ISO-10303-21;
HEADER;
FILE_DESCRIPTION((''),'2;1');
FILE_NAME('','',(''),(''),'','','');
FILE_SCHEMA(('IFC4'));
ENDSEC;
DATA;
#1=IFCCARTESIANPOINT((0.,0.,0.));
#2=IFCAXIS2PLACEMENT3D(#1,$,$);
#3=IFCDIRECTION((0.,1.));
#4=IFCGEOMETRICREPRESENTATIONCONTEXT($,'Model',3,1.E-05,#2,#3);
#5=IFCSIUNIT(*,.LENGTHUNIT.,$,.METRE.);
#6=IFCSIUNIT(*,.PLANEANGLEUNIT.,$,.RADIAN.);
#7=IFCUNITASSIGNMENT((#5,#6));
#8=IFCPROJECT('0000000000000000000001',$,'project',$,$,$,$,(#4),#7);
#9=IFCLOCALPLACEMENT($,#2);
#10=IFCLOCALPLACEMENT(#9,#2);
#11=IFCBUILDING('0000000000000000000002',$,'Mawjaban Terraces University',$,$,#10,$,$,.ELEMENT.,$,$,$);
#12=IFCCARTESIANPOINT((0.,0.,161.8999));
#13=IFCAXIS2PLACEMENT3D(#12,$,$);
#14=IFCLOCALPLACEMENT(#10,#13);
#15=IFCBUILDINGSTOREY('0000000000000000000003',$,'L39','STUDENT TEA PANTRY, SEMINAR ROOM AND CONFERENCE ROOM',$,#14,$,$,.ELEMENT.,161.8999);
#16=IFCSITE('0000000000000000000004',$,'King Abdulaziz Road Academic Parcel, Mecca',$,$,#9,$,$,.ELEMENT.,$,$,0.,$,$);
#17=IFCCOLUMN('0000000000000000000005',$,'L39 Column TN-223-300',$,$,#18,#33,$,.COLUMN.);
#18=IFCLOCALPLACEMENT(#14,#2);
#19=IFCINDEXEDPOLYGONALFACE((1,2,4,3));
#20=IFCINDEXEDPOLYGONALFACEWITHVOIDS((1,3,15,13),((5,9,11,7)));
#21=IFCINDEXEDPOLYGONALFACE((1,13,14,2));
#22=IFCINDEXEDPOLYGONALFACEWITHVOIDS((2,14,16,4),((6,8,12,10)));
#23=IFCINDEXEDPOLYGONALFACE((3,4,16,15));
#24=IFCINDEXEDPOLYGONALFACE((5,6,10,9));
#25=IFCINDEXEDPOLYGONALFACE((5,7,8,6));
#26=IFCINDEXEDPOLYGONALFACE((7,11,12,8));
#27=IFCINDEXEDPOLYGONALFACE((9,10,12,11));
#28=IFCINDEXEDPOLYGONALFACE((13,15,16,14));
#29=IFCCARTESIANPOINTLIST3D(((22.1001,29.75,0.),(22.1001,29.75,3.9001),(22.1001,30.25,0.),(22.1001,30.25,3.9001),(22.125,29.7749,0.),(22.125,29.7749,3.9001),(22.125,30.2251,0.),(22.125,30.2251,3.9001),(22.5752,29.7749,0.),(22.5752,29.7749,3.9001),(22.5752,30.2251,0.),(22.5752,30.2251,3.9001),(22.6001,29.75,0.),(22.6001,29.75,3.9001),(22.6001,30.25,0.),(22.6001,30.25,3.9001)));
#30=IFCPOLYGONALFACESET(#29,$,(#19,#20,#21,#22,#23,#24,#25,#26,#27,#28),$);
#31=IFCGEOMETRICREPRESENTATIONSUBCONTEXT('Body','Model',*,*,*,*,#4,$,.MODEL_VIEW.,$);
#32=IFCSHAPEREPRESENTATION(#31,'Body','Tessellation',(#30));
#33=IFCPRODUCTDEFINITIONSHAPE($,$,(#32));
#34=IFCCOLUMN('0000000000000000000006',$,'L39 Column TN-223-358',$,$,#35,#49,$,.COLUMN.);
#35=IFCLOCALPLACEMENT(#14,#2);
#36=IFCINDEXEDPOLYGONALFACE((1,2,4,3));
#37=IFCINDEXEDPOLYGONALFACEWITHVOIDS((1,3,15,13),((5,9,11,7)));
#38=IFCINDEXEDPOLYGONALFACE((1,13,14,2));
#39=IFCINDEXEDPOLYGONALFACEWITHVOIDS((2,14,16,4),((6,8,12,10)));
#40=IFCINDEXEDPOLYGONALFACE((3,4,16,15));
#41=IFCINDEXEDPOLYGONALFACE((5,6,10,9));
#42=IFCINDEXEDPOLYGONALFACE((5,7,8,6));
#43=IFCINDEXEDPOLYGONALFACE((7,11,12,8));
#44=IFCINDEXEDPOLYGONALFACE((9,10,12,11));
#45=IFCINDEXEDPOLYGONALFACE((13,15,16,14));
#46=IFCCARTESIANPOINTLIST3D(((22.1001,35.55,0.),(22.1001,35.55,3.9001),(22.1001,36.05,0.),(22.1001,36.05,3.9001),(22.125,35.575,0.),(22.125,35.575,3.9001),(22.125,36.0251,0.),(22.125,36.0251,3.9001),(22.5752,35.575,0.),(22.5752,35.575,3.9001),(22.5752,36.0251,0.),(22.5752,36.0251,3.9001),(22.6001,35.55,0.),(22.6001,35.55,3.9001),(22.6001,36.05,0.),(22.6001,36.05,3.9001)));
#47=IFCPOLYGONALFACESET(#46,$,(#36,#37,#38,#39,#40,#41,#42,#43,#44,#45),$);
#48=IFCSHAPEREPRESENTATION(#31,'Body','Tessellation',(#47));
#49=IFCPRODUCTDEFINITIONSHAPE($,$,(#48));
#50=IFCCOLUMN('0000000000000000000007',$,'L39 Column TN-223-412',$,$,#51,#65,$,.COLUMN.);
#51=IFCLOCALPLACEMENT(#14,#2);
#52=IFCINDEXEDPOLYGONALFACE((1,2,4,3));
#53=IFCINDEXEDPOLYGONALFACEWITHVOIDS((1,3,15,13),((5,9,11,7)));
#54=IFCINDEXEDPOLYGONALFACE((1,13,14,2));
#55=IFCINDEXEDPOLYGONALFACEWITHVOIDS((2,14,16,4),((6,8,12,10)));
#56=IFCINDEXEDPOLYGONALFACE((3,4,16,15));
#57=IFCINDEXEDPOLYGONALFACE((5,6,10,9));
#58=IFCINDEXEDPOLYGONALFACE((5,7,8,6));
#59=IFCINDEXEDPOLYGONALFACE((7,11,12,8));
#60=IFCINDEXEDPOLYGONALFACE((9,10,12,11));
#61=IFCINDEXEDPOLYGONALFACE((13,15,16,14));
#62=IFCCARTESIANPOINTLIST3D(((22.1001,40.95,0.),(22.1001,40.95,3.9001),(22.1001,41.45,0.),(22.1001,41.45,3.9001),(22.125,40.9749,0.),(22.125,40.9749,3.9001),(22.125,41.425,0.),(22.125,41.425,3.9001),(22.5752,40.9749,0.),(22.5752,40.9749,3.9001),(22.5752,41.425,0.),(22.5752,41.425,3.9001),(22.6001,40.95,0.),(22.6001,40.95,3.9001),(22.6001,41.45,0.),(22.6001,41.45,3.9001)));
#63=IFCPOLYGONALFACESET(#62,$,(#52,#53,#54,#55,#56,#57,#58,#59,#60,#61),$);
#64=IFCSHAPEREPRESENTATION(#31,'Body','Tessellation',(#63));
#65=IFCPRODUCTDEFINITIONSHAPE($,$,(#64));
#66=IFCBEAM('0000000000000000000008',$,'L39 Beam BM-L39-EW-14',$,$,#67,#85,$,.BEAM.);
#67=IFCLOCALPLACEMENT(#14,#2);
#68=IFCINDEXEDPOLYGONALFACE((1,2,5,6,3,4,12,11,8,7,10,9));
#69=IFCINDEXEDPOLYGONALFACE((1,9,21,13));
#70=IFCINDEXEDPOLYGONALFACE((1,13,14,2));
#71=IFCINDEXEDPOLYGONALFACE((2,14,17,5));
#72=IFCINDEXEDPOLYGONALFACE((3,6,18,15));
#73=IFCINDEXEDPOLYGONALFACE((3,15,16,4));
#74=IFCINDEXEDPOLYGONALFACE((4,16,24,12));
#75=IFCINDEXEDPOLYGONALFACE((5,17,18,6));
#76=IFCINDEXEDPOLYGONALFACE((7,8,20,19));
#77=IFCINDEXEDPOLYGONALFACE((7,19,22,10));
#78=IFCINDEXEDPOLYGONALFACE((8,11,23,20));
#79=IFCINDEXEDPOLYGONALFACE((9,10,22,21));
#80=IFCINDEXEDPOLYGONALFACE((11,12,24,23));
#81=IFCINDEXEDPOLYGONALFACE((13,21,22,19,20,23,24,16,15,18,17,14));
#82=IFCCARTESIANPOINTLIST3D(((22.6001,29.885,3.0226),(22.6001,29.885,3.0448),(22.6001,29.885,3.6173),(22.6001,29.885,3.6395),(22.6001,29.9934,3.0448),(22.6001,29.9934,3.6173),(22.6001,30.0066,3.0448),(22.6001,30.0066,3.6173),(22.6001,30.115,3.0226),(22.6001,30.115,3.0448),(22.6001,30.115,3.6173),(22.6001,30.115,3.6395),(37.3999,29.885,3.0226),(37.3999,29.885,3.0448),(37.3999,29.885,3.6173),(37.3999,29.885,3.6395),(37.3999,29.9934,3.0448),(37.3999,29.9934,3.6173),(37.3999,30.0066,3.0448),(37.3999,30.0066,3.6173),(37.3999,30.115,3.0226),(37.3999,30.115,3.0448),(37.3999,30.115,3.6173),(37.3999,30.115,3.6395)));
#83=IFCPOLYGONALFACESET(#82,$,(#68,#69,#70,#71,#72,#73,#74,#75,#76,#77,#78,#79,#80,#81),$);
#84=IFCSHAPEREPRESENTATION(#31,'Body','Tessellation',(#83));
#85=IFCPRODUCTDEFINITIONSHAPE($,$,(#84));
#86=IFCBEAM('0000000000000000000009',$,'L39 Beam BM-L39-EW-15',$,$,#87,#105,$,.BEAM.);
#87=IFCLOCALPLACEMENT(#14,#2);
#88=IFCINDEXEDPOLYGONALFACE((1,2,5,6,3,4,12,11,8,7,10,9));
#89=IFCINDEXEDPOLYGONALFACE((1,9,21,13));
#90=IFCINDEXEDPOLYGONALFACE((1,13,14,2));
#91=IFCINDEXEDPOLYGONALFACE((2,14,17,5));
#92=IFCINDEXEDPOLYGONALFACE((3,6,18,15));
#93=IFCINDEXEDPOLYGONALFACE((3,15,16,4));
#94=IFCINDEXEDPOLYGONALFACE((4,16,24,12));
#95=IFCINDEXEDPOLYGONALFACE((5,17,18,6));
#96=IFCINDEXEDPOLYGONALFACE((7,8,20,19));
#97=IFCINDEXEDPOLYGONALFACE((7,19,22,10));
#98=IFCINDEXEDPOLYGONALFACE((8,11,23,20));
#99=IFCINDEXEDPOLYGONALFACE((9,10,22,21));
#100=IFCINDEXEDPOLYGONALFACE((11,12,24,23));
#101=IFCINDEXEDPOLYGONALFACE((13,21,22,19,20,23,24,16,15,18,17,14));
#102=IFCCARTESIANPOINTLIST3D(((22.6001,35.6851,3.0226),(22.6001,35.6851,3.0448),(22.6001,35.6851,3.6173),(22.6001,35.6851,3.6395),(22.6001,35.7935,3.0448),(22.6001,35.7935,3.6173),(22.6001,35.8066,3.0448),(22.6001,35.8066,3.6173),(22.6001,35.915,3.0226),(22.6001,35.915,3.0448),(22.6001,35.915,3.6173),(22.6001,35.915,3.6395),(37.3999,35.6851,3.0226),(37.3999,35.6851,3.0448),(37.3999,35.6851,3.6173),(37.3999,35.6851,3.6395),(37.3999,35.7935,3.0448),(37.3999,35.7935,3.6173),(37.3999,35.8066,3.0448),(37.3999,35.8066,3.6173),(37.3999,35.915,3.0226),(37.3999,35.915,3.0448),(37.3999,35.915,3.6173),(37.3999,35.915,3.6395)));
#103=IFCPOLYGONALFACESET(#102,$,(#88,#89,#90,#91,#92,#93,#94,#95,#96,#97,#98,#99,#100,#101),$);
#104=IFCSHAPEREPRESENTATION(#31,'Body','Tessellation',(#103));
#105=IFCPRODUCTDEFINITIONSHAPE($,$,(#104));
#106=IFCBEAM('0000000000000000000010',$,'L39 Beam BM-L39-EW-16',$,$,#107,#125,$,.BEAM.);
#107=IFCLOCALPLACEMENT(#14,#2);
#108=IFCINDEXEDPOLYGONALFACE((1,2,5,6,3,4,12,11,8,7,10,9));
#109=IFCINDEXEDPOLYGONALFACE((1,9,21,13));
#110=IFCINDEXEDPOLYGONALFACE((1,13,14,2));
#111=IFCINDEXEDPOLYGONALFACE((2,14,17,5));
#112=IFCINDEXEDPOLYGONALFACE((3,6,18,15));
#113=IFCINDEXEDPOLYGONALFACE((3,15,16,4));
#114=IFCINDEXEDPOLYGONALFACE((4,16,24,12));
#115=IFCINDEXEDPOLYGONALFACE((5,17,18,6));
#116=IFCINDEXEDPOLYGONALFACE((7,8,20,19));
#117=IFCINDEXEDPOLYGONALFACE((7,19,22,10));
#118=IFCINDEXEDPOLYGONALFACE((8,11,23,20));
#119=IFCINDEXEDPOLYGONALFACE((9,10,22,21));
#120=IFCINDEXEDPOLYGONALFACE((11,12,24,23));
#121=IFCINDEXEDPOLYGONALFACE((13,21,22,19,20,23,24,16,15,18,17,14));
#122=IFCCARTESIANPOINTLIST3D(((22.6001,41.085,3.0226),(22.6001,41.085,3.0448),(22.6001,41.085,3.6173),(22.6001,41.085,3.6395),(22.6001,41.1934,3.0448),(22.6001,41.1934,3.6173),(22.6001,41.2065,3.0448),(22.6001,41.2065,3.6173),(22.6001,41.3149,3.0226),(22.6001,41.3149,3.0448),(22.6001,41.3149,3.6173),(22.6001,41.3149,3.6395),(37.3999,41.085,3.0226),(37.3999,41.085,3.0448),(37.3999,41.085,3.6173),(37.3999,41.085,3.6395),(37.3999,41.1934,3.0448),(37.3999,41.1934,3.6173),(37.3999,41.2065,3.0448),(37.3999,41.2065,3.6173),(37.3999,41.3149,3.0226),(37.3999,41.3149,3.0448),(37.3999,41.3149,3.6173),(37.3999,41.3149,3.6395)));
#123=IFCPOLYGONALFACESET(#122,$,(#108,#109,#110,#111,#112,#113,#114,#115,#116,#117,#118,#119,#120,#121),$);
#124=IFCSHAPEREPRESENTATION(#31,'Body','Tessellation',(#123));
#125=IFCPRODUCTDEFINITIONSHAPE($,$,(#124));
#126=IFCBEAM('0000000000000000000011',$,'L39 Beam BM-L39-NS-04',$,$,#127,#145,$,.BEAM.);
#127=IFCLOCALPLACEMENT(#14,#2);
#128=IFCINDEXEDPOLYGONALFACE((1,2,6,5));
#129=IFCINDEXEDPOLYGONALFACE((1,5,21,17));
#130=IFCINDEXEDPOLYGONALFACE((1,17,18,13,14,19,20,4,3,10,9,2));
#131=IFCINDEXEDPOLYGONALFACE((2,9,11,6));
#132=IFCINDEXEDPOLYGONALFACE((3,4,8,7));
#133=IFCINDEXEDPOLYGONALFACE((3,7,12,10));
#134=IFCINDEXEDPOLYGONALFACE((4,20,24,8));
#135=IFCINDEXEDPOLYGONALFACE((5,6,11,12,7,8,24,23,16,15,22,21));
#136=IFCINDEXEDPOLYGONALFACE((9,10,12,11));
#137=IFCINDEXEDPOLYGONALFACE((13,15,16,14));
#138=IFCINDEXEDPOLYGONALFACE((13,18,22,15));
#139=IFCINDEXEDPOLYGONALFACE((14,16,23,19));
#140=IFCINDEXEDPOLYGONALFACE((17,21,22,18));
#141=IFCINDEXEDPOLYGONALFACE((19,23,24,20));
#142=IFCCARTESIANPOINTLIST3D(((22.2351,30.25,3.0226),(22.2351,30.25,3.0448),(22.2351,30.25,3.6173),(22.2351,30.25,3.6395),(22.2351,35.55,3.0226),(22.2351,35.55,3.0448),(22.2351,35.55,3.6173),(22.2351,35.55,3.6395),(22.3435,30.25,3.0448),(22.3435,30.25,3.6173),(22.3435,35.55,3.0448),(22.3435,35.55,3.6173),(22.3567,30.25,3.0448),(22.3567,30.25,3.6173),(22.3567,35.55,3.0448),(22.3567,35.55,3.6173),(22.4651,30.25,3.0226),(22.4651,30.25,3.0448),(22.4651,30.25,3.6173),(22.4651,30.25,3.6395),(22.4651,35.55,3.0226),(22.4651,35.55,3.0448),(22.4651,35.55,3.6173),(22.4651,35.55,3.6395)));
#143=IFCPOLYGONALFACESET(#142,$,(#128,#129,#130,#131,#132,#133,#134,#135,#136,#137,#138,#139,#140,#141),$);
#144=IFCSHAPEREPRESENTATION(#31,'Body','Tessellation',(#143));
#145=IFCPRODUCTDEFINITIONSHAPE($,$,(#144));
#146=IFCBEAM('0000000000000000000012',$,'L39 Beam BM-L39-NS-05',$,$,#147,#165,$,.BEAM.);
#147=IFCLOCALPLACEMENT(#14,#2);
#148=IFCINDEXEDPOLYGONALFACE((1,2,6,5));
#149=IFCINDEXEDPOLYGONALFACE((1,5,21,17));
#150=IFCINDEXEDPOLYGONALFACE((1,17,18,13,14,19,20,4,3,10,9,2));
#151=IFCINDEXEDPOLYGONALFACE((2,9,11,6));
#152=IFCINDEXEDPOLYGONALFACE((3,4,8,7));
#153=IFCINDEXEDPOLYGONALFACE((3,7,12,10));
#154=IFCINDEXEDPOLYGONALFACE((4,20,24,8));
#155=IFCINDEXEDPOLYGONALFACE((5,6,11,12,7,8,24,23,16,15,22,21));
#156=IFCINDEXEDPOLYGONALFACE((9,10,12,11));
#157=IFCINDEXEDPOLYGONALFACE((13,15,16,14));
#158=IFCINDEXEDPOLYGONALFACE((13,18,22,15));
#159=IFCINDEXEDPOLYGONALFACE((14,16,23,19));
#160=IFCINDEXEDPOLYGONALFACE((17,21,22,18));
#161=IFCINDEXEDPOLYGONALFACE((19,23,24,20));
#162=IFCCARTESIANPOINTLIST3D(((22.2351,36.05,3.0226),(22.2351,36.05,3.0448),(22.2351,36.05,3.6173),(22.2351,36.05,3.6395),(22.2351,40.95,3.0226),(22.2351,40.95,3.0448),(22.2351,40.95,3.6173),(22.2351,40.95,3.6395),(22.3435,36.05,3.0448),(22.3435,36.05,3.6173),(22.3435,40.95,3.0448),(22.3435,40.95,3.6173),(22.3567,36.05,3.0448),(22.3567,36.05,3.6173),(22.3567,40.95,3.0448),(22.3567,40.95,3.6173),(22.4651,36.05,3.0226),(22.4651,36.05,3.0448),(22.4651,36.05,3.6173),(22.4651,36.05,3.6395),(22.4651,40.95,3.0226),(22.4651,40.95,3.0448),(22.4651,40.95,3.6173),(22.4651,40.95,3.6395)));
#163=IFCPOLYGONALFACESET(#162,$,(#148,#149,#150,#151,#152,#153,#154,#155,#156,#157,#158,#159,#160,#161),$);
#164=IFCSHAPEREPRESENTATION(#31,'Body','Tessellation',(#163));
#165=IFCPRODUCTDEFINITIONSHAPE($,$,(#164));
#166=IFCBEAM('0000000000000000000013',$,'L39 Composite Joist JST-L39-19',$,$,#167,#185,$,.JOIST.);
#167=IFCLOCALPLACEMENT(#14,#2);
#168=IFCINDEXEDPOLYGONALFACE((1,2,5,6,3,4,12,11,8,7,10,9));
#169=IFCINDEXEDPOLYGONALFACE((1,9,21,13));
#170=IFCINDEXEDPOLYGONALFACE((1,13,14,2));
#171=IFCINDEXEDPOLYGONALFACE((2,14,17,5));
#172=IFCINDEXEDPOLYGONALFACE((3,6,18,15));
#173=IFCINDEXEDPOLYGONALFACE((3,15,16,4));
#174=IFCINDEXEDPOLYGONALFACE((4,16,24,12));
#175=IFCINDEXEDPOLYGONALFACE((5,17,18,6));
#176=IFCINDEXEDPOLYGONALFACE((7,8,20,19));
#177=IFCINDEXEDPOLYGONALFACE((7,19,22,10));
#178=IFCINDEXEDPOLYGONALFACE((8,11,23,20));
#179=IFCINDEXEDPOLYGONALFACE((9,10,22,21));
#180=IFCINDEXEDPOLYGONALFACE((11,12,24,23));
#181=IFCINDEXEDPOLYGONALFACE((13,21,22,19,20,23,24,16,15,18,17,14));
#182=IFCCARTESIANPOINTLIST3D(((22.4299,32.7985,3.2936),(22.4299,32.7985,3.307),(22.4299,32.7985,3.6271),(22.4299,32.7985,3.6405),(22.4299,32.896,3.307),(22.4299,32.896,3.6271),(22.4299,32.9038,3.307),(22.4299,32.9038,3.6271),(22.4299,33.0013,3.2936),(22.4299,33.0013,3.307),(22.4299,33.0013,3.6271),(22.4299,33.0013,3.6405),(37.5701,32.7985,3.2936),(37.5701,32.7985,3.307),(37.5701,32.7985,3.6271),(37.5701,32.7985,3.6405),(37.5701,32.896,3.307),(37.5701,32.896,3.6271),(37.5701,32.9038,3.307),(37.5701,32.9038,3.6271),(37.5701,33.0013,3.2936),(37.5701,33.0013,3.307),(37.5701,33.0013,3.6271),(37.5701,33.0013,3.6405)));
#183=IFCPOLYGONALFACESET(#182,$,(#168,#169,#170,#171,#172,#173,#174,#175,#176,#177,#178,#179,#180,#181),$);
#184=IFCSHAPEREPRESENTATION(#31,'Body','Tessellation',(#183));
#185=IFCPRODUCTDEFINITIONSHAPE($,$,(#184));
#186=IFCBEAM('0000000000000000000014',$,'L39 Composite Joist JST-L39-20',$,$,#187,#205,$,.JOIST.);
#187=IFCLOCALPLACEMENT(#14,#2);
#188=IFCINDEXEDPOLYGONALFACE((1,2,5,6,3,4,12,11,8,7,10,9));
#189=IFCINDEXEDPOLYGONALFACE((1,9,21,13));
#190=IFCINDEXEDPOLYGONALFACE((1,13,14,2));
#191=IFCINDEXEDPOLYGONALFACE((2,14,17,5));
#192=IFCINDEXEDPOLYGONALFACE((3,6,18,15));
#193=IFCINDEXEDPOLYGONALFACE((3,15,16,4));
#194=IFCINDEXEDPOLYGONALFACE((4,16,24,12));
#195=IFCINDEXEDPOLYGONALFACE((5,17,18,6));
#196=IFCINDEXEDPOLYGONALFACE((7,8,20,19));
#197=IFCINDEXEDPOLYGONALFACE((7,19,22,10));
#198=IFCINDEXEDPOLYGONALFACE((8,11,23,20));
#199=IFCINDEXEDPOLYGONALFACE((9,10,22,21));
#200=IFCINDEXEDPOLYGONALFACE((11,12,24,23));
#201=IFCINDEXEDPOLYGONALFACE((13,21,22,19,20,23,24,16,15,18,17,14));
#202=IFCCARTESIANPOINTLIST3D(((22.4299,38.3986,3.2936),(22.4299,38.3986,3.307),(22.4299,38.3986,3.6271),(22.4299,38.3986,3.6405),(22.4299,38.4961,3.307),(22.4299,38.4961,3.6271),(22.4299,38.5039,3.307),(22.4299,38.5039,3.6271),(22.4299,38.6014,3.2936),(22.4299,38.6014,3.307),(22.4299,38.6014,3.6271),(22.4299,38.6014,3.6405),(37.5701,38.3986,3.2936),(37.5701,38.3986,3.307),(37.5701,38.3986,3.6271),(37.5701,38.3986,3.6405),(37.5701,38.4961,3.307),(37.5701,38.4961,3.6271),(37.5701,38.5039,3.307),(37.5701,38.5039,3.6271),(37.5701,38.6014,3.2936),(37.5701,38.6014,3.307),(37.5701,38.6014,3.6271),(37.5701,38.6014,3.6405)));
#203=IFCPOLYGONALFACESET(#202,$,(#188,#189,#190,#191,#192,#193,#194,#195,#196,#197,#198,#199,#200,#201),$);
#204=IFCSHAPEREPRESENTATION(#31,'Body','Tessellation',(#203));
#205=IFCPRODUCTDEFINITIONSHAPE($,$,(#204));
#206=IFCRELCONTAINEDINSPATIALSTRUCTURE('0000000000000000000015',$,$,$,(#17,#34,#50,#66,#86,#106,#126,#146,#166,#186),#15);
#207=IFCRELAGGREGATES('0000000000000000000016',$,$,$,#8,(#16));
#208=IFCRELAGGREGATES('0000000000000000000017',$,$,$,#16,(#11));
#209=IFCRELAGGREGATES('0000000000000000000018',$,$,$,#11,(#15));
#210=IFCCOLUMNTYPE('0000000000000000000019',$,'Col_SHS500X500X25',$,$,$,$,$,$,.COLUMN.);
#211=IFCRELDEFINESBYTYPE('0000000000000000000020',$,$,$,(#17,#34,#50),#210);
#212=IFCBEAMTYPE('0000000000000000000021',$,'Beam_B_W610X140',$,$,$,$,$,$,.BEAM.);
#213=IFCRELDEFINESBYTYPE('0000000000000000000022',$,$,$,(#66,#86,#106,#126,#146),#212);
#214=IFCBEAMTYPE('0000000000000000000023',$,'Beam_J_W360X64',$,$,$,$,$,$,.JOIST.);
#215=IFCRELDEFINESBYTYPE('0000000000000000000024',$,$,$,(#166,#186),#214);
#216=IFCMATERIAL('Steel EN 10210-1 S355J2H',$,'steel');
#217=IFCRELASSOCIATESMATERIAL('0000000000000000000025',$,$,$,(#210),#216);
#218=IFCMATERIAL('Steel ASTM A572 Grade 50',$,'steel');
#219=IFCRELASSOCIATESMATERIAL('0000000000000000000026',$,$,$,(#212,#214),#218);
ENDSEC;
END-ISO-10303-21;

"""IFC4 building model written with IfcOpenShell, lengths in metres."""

from ifc_helpers import new_model, si_unit, direction, frame, origin, origin_2d, place, context, subcontext, project, spatial, hollow_rectangle, i_section, extrude, material, material_profile, profile_set, type_object, element, save


model = new_model("IFC4")

# Units and contexts
model_context = context("Model", 3, precision=1e-05, world=origin(), true_north=direction((0.0, 1.0)))
body_context = subcontext(model_context, "Body", "Model", "MODEL_VIEW")
ifc_project = project(units=[si_unit("LENGTHUNIT", "METRE"), si_unit("PLANEANGLEUNIT", "RADIAN")], contexts=[model_context])

# Site, building, storey
site_placement = place(None, origin())
site = spatial("IfcSite", under=ifc_project, at=site_placement, Name="King Abdulaziz Road Academic Parcel, Mecca", CompositionType="ELEMENT", RefElevation=0.0)
building_placement = place(site_placement, origin())
building = spatial("IfcBuilding", under=site, at=building_placement, Name="Mawjaban Terraces University", CompositionType="ELEMENT")
storey_placement = place(building_placement, frame((0.0, 0.0, 161.8999)))
storey = spatial("IfcBuildingStorey", under=building, at=storey_placement, Name="L39", Description="STUDENT TEA PANTRY, SEMINAR ROOM AND CONFERENCE ROOM", CompositionType="ELEMENT", Elevation=161.8999)

# Columns
ifc_material_1 = material(Name="Steel EN 10210-1 S355J2H", Category="steel")
ifc_material_profile_1 = material_profile(ifc_material_1, hollow_rectangle(XDim=0.5, YDim=0.5, WallThickness=0.0249, at=origin_2d()), Name="SHS500X500X25")
ifc_profile_set_1 = profile_set([ifc_material_profile_1], Name="Steel EN 10210-1 S355J2H")
column_type = type_object("IfcColumnType", Name="Col_SHS500X500X25", PredefinedType="COLUMN", material=ifc_profile_set_1)
for number, where, z_axis, x_axis, name in (
    (1, (22.3501, 30.0, 0.0), (0.0, 0.0, 1.0), (1.0, 0.0, 0.0), "L39 Column TN-223-300"),
    (2, (22.3501, 35.8, 0.0), (0.0, 0.0, 1.0), (1.0, 0.0, 0.0), "L39 Column TN-223-358"),
    (3, (22.3501, 41.2, 0.0), (0.0, 0.0, 1.0), (1.0, 0.0, 0.0), "L39 Column TN-223-412"),
):
    element("IfcColumn", number, at=place(storey_placement, frame(where, z_axis=z_axis, x_axis=x_axis)), inside=storey, type_object=column_type, Name=name, PredefinedType="COLUMN", context=body_context, shape_type="SweptSolid", body=[
        extrude(hollow_rectangle(XDim=0.5, YDim=0.5, WallThickness=0.0249, at=origin_2d()), origin(), (0.0, 0.0, 1.0), 3.9001),
    ])

# Beams
ifc_material_2 = material(Name="Steel ASTM A572 Grade 50", Category="steel")
ifc_material_profile_2 = material_profile(ifc_material_2, i_section(OverallWidth=0.23, OverallDepth=0.6169, WebThickness=0.0132, FlangeThickness=0.0222, at=origin_2d()), Name="W610X140")
ifc_profile_set_2 = profile_set([ifc_material_profile_2], Name="Steel ASTM A572 Grade 50")
beam_type_1 = type_object("IfcBeamType", Name="Beam_B_W610X140", PredefinedType="BEAM", material=ifc_profile_set_2)
for number, where, z_axis, x_axis, name in (
    (4, (22.6001, 30.0, 3.3311), (1.0, 0.0, 0.0), (0.0, 1.0, 0.0), "L39 Beam BM-L39-EW-14"),
    (5, (22.6001, 35.8, 3.3311), (1.0, 0.0, 0.0), (0.0, 1.0, 0.0), "L39 Beam BM-L39-EW-15"),
    (6, (22.6001, 41.2, 3.3311), (1.0, 0.0, 0.0), (0.0, 1.0, 0.0), "L39 Beam BM-L39-EW-16"),
):
    element("IfcBeam", number, at=place(storey_placement, frame(where, z_axis=z_axis, x_axis=x_axis)), inside=storey, type_object=beam_type_1, Name=name, PredefinedType="BEAM", context=body_context, shape_type="SweptSolid", body=[
        extrude(i_section(OverallWidth=0.23, OverallDepth=0.6169, WebThickness=0.0132, FlangeThickness=0.0222, at=origin_2d()), origin(), (0.0, 0.0, 1.0), 14.7998),
    ])
beam_1_placement = place(storey_placement, frame((22.3501, 30.25, 3.3311), z_axis=(0.0, 1.0, 0.0), x_axis=(-1.0, 0.0, 0.0)))
element("IfcBeam", 7, at=beam_1_placement, inside=storey, type_object=beam_type_1, Name="L39 Beam BM-L39-NS-04", PredefinedType="BEAM", context=body_context, shape_type="SweptSolid", body=[
    extrude(i_section(OverallWidth=0.23, OverallDepth=0.6169, WebThickness=0.0132, FlangeThickness=0.0222, at=origin_2d()), origin(), (0.0, 0.0, 1.0), 5.3),
])
beam_2_placement = place(storey_placement, frame((22.3501, 36.05, 3.3311), z_axis=(0.0, 1.0, 0.0), x_axis=(-1.0, 0.0, 0.0)))
element("IfcBeam", 8, at=beam_2_placement, inside=storey, type_object=beam_type_1, Name="L39 Beam BM-L39-NS-05", PredefinedType="BEAM", context=body_context, shape_type="SweptSolid", body=[
    extrude(i_section(OverallWidth=0.23, OverallDepth=0.6169, WebThickness=0.0132, FlangeThickness=0.0222, at=origin_2d()), origin(), (0.0, 0.0, 1.0), 4.8999),
])
ifc_material_profile_3 = material_profile(ifc_material_2, i_section(OverallWidth=0.2029, OverallDepth=0.3469, WebThickness=0.0078, FlangeThickness=0.0134, at=origin_2d()), Name="W360X64")
ifc_profile_set_3 = profile_set([ifc_material_profile_3], Name="Steel ASTM A572 Grade 50")
beam_type_2 = type_object("IfcBeamType", Name="Beam_J_W360X64", PredefinedType="JOIST", material=ifc_profile_set_3)
for number, where, z_axis, x_axis, name in (
    (9, (22.4299, 32.8999, 3.467), (1.0, 0.0, 0.0), (0.0, 1.0, 0.0), "L39 Composite Joist JST-L39-19"),
    (10, (22.4299, 38.5, 3.467), (1.0, 0.0, 0.0), (0.0, 1.0, 0.0), "L39 Composite Joist JST-L39-20"),
):
    element("IfcBeam", number, at=place(storey_placement, frame(where, z_axis=z_axis, x_axis=x_axis)), inside=storey, type_object=beam_type_2, Name=name, PredefinedType="JOIST", context=body_context, shape_type="SweptSolid", body=[
        extrude(i_section(OverallWidth=0.2029, OverallDepth=0.3469, WebThickness=0.0078, FlangeThickness=0.0134, at=origin_2d()), origin(), (0.0, 0.0, 1.0), 15.1401),
    ])

save(model, "model.ifc")
